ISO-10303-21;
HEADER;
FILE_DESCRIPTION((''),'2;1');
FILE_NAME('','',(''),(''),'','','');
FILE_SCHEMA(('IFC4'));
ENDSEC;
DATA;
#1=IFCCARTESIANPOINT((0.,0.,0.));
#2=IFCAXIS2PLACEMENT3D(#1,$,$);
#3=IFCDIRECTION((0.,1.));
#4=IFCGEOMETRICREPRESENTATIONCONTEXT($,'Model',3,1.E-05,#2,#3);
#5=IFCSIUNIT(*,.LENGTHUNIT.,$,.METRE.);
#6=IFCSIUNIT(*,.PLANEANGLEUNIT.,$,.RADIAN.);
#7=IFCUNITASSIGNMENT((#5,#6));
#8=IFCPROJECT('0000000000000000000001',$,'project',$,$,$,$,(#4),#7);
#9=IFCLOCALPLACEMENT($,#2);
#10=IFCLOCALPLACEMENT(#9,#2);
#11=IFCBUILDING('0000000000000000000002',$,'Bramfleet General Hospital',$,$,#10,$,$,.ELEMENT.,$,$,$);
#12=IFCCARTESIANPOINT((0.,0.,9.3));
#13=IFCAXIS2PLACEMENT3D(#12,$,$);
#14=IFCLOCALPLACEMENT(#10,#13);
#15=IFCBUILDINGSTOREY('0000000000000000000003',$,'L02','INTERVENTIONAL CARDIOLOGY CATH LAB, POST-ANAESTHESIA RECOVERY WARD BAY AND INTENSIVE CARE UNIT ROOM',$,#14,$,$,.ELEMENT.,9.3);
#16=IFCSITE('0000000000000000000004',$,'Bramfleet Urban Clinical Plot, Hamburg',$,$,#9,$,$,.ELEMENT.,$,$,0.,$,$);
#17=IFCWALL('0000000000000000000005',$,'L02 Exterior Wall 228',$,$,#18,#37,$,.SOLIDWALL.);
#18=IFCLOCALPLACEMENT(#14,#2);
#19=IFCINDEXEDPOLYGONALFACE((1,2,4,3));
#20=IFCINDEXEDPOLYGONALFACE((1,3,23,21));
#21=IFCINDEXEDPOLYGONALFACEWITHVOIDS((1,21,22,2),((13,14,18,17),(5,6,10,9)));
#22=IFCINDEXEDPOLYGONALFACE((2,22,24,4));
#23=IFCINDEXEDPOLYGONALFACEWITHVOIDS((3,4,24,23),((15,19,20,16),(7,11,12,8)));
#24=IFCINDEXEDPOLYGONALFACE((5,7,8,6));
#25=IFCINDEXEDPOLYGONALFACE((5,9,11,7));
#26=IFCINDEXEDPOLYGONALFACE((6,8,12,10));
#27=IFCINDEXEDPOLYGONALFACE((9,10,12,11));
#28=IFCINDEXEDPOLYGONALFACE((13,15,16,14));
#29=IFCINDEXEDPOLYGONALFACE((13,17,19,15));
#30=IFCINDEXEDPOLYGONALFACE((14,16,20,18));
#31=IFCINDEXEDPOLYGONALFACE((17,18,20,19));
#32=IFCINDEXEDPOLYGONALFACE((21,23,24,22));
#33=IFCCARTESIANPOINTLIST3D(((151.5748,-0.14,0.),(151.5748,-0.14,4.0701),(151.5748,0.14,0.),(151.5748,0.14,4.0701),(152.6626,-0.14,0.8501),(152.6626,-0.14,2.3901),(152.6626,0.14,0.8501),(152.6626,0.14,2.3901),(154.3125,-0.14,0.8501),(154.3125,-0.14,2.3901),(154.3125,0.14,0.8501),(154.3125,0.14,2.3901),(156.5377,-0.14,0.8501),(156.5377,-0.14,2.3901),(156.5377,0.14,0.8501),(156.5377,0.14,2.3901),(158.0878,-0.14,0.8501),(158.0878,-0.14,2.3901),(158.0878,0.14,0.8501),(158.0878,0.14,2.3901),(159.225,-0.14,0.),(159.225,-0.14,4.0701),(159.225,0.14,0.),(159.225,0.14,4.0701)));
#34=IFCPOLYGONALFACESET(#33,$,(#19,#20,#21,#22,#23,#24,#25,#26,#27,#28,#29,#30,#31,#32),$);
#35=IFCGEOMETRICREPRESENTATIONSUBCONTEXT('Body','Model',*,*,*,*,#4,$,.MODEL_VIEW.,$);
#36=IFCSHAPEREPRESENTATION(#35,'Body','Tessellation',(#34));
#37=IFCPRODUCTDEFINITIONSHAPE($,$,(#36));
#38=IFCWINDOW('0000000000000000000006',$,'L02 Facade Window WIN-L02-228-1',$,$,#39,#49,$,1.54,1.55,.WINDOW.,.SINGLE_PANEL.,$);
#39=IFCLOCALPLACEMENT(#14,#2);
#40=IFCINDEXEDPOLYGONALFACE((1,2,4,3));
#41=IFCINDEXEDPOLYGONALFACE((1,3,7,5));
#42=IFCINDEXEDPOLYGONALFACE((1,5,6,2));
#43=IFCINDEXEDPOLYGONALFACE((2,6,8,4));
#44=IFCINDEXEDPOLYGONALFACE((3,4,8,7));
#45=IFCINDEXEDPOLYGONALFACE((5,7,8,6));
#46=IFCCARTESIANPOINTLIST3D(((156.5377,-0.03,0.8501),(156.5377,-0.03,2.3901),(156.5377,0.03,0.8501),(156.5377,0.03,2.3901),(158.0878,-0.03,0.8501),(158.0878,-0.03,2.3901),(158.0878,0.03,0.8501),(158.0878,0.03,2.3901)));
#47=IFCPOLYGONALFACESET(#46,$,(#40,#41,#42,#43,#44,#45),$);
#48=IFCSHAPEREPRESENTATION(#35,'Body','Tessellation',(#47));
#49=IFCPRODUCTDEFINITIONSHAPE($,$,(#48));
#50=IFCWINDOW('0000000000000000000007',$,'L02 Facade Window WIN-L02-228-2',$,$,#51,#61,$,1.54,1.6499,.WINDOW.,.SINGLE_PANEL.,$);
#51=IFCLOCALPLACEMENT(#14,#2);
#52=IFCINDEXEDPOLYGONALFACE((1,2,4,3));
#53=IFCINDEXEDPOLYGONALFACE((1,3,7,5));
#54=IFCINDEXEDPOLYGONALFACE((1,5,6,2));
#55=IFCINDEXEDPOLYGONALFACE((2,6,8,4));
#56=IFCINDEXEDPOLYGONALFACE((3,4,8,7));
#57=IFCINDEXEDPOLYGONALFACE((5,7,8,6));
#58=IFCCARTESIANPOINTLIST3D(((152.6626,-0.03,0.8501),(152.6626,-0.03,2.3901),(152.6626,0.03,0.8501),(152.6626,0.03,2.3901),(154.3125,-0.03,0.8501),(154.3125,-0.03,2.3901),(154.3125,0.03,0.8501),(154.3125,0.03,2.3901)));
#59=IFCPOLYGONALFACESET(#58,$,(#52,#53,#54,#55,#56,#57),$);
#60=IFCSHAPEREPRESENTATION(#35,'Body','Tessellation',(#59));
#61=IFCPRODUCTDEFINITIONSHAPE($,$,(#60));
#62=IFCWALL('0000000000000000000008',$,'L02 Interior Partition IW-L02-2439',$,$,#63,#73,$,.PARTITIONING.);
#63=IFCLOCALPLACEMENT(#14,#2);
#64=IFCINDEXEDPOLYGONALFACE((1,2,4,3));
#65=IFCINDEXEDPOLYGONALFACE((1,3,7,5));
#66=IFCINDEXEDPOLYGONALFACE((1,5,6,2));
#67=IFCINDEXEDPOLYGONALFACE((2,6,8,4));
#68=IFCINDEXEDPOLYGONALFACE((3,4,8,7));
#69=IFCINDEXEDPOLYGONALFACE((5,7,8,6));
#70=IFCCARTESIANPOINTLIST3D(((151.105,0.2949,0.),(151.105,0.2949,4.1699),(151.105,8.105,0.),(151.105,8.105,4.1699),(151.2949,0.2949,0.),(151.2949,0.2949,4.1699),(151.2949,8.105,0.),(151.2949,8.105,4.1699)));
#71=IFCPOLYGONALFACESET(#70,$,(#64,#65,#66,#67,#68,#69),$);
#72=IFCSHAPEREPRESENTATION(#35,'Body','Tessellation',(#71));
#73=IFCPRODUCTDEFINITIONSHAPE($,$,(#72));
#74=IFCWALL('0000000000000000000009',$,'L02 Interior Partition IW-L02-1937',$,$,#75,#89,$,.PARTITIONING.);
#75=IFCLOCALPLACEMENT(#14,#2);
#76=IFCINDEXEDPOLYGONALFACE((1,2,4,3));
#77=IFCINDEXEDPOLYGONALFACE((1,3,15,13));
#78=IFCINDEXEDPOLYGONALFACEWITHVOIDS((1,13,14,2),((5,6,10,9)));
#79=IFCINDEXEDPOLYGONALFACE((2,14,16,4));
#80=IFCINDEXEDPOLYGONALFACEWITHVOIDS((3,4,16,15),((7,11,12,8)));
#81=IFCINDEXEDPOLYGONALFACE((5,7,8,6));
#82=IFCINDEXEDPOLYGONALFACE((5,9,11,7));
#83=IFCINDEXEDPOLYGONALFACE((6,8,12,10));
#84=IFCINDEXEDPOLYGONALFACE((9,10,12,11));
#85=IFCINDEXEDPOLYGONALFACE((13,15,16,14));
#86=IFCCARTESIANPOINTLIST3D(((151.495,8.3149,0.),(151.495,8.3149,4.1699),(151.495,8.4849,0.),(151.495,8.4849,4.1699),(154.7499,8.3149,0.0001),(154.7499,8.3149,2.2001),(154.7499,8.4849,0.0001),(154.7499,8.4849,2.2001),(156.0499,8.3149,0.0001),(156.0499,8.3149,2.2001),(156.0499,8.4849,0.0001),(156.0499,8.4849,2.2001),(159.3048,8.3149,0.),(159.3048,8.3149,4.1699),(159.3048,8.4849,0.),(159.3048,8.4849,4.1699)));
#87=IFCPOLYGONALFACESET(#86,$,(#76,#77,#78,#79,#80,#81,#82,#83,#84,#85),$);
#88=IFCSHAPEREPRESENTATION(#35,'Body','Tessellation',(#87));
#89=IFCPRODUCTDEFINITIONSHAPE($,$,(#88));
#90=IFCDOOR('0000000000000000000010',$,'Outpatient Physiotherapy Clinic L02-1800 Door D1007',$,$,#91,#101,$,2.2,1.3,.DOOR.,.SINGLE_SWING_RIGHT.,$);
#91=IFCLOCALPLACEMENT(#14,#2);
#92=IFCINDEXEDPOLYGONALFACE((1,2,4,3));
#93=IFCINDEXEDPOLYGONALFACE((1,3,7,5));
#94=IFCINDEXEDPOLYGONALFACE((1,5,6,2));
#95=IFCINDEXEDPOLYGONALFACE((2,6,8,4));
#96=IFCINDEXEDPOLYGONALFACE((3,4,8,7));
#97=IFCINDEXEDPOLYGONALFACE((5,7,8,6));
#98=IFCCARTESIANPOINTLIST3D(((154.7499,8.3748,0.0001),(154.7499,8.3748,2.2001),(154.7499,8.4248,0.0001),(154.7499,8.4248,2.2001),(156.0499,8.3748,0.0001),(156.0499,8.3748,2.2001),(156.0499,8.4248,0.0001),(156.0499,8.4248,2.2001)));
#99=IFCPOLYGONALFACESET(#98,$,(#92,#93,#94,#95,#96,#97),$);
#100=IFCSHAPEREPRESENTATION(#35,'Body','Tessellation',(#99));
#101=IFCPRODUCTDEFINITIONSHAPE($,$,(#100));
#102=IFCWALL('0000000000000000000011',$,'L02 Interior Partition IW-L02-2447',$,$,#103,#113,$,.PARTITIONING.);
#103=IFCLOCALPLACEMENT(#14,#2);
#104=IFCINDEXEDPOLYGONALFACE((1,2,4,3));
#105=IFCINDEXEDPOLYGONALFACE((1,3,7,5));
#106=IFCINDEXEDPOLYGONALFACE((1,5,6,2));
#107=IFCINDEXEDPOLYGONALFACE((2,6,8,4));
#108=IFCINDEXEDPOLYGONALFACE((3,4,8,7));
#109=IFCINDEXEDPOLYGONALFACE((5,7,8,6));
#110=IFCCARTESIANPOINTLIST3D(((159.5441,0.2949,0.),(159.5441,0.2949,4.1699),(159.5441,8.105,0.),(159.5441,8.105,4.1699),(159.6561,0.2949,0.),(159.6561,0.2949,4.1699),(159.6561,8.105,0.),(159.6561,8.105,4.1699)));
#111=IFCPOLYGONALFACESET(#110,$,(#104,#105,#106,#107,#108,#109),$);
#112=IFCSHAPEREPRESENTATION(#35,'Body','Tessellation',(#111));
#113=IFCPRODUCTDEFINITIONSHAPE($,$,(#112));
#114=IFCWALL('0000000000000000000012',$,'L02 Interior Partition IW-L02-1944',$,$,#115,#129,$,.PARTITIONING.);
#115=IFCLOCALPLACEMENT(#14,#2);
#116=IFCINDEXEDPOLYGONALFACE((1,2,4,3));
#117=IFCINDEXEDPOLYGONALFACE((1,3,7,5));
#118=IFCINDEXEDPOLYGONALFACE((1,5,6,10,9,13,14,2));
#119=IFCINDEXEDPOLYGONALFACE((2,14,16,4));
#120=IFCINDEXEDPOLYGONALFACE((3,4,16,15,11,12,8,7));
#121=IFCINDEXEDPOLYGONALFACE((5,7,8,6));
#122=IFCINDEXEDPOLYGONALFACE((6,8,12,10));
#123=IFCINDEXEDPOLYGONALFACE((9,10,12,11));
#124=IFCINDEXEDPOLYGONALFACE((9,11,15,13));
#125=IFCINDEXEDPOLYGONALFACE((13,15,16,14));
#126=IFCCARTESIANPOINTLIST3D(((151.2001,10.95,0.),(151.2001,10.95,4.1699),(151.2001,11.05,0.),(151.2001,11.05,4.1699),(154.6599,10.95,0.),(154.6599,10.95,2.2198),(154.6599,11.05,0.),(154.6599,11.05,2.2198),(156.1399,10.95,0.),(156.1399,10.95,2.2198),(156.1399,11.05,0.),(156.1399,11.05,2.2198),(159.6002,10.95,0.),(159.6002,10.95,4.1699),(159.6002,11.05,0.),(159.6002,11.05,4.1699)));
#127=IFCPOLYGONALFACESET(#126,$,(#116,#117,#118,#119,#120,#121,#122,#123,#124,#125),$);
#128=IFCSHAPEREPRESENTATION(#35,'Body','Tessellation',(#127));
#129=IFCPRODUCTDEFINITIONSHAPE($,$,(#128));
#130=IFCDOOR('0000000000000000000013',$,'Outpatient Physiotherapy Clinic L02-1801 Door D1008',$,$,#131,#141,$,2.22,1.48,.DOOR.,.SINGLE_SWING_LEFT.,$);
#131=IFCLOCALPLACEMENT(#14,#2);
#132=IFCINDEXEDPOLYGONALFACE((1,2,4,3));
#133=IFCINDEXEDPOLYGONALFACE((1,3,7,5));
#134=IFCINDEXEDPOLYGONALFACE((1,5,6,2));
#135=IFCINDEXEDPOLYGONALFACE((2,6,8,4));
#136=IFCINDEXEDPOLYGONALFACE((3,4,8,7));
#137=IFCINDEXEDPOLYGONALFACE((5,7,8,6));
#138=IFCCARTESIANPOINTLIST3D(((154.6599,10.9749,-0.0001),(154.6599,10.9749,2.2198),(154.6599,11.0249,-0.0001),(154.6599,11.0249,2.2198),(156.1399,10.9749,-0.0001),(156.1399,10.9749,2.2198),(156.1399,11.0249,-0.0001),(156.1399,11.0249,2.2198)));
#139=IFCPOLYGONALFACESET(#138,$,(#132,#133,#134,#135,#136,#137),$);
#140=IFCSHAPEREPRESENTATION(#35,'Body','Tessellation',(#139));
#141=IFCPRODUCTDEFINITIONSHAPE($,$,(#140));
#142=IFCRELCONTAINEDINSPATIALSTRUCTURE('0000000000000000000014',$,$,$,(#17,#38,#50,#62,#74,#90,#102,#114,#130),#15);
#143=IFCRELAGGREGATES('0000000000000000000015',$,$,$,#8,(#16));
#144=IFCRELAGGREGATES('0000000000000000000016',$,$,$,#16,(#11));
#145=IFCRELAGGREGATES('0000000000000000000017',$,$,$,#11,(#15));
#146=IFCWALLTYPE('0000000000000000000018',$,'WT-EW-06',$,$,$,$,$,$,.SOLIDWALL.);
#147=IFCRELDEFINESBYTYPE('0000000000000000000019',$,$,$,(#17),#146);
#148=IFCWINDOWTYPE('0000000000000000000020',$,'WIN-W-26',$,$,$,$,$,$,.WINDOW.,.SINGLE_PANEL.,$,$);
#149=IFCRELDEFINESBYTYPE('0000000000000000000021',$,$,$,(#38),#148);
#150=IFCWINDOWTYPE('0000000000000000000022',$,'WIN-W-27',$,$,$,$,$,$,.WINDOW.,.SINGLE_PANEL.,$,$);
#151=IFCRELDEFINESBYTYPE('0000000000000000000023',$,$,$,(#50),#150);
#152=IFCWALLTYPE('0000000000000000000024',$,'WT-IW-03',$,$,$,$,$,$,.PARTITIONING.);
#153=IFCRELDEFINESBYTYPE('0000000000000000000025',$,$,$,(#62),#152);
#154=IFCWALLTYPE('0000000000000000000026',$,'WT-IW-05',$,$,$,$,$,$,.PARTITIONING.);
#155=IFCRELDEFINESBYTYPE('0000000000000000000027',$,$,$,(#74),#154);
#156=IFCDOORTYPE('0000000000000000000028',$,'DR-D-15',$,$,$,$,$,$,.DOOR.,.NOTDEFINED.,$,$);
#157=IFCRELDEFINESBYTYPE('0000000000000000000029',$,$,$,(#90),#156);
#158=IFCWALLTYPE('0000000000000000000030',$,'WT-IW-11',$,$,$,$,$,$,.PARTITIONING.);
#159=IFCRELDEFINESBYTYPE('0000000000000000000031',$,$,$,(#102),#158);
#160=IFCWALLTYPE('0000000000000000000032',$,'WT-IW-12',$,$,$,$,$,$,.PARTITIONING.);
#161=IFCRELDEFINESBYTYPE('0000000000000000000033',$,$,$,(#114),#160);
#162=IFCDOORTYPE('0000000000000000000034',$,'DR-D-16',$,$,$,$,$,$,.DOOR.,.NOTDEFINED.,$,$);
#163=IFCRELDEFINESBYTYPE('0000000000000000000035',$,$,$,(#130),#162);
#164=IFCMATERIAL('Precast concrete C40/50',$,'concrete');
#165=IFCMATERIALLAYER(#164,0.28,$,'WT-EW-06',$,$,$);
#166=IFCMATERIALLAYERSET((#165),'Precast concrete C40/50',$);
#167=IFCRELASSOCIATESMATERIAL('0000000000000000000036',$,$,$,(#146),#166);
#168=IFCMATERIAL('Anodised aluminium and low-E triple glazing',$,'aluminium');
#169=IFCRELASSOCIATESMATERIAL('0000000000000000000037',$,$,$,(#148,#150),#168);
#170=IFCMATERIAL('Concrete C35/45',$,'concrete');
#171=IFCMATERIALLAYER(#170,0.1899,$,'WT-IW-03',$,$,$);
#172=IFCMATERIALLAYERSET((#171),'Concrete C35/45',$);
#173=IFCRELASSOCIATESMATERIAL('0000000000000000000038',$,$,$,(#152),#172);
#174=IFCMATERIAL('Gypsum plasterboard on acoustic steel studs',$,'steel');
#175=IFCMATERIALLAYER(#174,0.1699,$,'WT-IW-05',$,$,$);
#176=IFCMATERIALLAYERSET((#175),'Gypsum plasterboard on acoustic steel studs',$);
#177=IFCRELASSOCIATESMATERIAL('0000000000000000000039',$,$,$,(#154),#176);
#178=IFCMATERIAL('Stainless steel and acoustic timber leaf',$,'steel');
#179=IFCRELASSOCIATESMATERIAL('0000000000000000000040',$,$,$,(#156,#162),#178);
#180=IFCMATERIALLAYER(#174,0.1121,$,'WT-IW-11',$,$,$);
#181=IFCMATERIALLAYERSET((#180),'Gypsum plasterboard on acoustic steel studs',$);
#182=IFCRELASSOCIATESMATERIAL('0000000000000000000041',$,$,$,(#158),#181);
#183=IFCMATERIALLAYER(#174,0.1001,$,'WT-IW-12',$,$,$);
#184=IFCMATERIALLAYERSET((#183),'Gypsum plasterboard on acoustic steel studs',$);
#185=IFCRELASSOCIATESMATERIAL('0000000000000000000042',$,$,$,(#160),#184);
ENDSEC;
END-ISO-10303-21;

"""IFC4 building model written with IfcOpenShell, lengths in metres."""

from ifc_helpers import new_model, si_unit, direction, frame, frame_2d, origin, place, context, subcontext, project, spatial, rectangle, extrude, material, layer, layer_set, type_object, element, fill, save


model = new_model("IFC4")

# Units and contexts
model_context = context("Model", 3, precision=1e-05, world=origin(), true_north=direction((0.0, 1.0)))
body_context = subcontext(model_context, "Body", "Model", "MODEL_VIEW")
ifc_project = project(units=[si_unit("LENGTHUNIT", "METRE"), si_unit("PLANEANGLEUNIT", "RADIAN")], contexts=[model_context])

# Site, building, storey
site_placement = place(None, origin())
site = spatial("IfcSite", under=ifc_project, at=site_placement, Name="Bramfleet Urban Clinical Plot, Hamburg", CompositionType="ELEMENT", RefElevation=0.0)
building_placement = place(site_placement, origin())
building = spatial("IfcBuilding", under=site, at=building_placement, Name="Bramfleet General Hospital", CompositionType="ELEMENT")
storey_placement = place(building_placement, frame((0.0, 0.0, 9.3)))
storey = spatial("IfcBuildingStorey", under=building, at=storey_placement, Name="L02", Description="INTERVENTIONAL CARDIOLOGY CATH LAB, POST-ANAESTHESIA RECOVERY WARD BAY AND INTENSIVE CARE UNIT ROOM", CompositionType="ELEMENT", Elevation=9.3)

# Shared definitions
ifc_material_1 = material(Name="Concrete C35/45", Category="concrete")

# Shared definitions
ifc_material_2 = material(Name="Anodised aluminium and low-E triple glazing", Category="aluminium")

# Wall, openings, windows
ifc_material_3 = material(Name="Precast concrete C40/50", Category="concrete")
ifc_layer_1 = layer(ifc_material_3, 0.28, Name="WT-EW-06")
ifc_layer_set_1 = layer_set([ifc_layer_1], Name="Precast concrete C40/50")
wall_type_1 = type_object("IfcWallType", Name="WT-EW-06", PredefinedType="SOLIDWALL", material=ifc_layer_set_1)
wall_1_placement = place(storey_placement, frame((159.2251, 0.0, 0.0), z_axis=(0.0, 0.0, 1.0), x_axis=(-1.0, 0.0, 0.0)))
wall_1 = element("IfcWall", 1, at=wall_1_placement, inside=storey, type_object=wall_type_1, Name="L02 Exterior Wall 228", PredefinedType="SOLIDWALL", context=body_context, shape_type="SweptSolid", body=[
    extrude(rectangle(XDim=7.6501, YDim=0.28, at=frame_2d((3.8252, 0.0))), origin(), (0.0, 0.0, 1.0), 4.0701),
])
opening_1_placement = place(wall_1_placement, frame((1.1375, 0.0, 0.8501)))
opening_1 = element("IfcOpeningElement", 2, at=opening_1_placement, cuts=wall_1, PredefinedType="OPENING", context=body_context, shape_type="SweptSolid", body=[
    extrude(rectangle(XDim=1.55, YDim=1.54, at=frame_2d((0.7749, 0.77))), frame((0.0, 0.1499, 0.0), z_axis=(0.0, -1.0, 0.0), x_axis=(1.0, 0.0, 0.0)), (0.0, 0.0, 1.0), 0.3),
])
opening_2_placement = place(wall_1_placement, frame((4.9126, 0.0, 0.8501)))
opening_2 = element("IfcOpeningElement", 3, at=opening_2_placement, cuts=wall_1, PredefinedType="OPENING", context=body_context, shape_type="SweptSolid", body=[
    extrude(rectangle(XDim=1.6499, YDim=1.54, at=frame_2d((0.825, 0.77))), frame((0.0, 0.1499, 0.0), z_axis=(0.0, -1.0, 0.0), x_axis=(1.0, 0.0, 0.0)), (0.0, 0.0, 1.0), 0.3),
])
window_type_1 = type_object("IfcWindowType", Name="WIN-W-26", PartitioningType="SINGLE_PANEL", PredefinedType="WINDOW", material=ifc_material_2)
window_1_placement = place(opening_1_placement, origin())
window_1 = element("IfcWindow", 4, at=window_1_placement, inside=storey, type_object=window_type_1, Name="L02 Facade Window WIN-L02-228-1", OverallHeight=1.54, OverallWidth=1.55, PartitioningType="SINGLE_PANEL", PredefinedType="WINDOW", context=body_context, shape_type="SweptSolid", body=[
    extrude(rectangle(XDim=1.55, YDim=1.54, at=frame_2d((0.7749, 0.77))), frame((0.0, 0.03, 0.0), z_axis=(0.0, -1.0, 0.0), x_axis=(1.0, 0.0, 0.0)), (0.0, 0.0, 1.0), 0.0601),
])
fill(opening_1, window_1)
window_type_2 = type_object("IfcWindowType", Name="WIN-W-27", PartitioningType="SINGLE_PANEL", PredefinedType="WINDOW", material=ifc_material_2)
window_2_placement = place(opening_2_placement, origin())
window_2 = element("IfcWindow", 5, at=window_2_placement, inside=storey, type_object=window_type_2, Name="L02 Facade Window WIN-L02-228-2", OverallHeight=1.54, OverallWidth=1.6499, PartitioningType="SINGLE_PANEL", PredefinedType="WINDOW", context=body_context, shape_type="SweptSolid", body=[
    extrude(rectangle(XDim=1.6499, YDim=1.54, at=frame_2d((0.825, 0.77))), frame((0.0, 0.03, 0.0), z_axis=(0.0, -1.0, 0.0), x_axis=(1.0, 0.0, 0.0)), (0.0, 0.0, 1.0), 0.0601),
])
fill(opening_2, window_2)

# Wall
ifc_layer_2 = layer(ifc_material_1, 0.1899, Name="WT-IW-03")
ifc_layer_set_2 = layer_set([ifc_layer_2], Name="Concrete C35/45")
wall_type_2 = type_object("IfcWallType", Name="WT-IW-03", PredefinedType="PARTITIONING", material=ifc_layer_set_2)
wall_2_placement = place(storey_placement, frame((151.2, 0.2949, 0.0), z_axis=(0.0, 0.0, 1.0), x_axis=(0.0, 1.0, 0.0)))
element("IfcWall", 6, at=wall_2_placement, inside=storey, type_object=wall_type_2, Name="L02 Interior Partition IW-L02-2439", PredefinedType="PARTITIONING", context=body_context, shape_type="SweptSolid", body=[
    extrude(rectangle(XDim=7.8101, YDim=0.1899, at=frame_2d((3.905, 0.0))), origin(), (0.0, 0.0, 1.0), 4.1699),
])

# Wall, opening, door
ifc_material_4 = material(Name="Gypsum plasterboard on acoustic steel studs", Category="steel")
ifc_layer_3 = layer(ifc_material_4, 0.1699, Name="WT-IW-05")
ifc_layer_set_3 = layer_set([ifc_layer_3], Name="Gypsum plasterboard on acoustic steel studs")
wall_type_3 = type_object("IfcWallType", Name="WT-IW-05", PredefinedType="PARTITIONING", material=ifc_layer_set_3)
wall_3_placement = place(storey_placement, frame((151.4951, 8.3999, 0.0), z_axis=(0.0, 0.0, 1.0), x_axis=(1.0, 0.0, 0.0)))
wall_3 = element("IfcWall", 7, at=wall_3_placement, inside=storey, type_object=wall_type_3, Name="L02 Interior Partition IW-L02-1937", PredefinedType="PARTITIONING", context=body_context, shape_type="SweptSolid", body=[
    extrude(rectangle(XDim=7.8098, YDim=0.1699, at=frame_2d((3.9048, 0.0))), origin(), (0.0, 0.0, 1.0), 4.1699),
])
opening_3_placement = place(wall_3_placement, frame((3.2549, 0.0, 0.0)))
opening_3 = element("IfcOpeningElement", 8, at=opening_3_placement, cuts=wall_3, PredefinedType="OPENING", context=body_context, shape_type="SweptSolid", body=[
    extrude(rectangle(XDim=1.3, YDim=2.2, at=frame_2d((0.6499, 1.1001))), frame((0.0, 0.095, 0.0), z_axis=(0.0, -1.0, 0.0), x_axis=(1.0, 0.0, 0.0)), (0.0, 0.0, 1.0), 0.1899),
])
ifc_material_5 = material(Name="Stainless steel and acoustic timber leaf", Category="steel")
door_type_1 = type_object("IfcDoorType", Name="DR-D-15", OperationType="NOTDEFINED", PredefinedType="DOOR", material=ifc_material_5)
door_1_placement = place(opening_3_placement, origin())
door_1 = element("IfcDoor", 9, at=door_1_placement, inside=storey, type_object=door_type_1, Name="Outpatient Physiotherapy Clinic L02-1800 Door D1007", OperationType="SINGLE_SWING_RIGHT", OverallHeight=2.2, OverallWidth=1.3, PredefinedType="DOOR", context=body_context, shape_type="SweptSolid", body=[
    extrude(rectangle(XDim=1.3, YDim=2.2, at=frame_2d((0.6499, 1.1001))), frame((0.0, 0.0249, 0.0), z_axis=(0.0, -1.0, 0.0), x_axis=(1.0, 0.0, 0.0)), (0.0, 0.0, 1.0), 0.05),
])
fill(opening_3, door_1)

# Wall
ifc_layer_4 = layer(ifc_material_4, 0.1121, Name="WT-IW-11")
ifc_layer_set_4 = layer_set([ifc_layer_4], Name="Gypsum plasterboard on acoustic steel studs")
wall_type_4 = type_object("IfcWallType", Name="WT-IW-11", PredefinedType="PARTITIONING", material=ifc_layer_set_4)
wall_4_placement = place(storey_placement, frame((159.6001, 0.2949, 0.0), z_axis=(0.0, 0.0, 1.0), x_axis=(0.0, 1.0, 0.0)))
element("IfcWall", 10, at=wall_4_placement, inside=storey, type_object=wall_type_4, Name="L02 Interior Partition IW-L02-2447", PredefinedType="PARTITIONING", context=body_context, shape_type="SweptSolid", body=[
    extrude(rectangle(XDim=7.8101, YDim=0.1121, at=frame_2d((3.905, 0.0))), origin(), (0.0, 0.0, 1.0), 4.1699),
])

# Wall, opening, door
ifc_layer_5 = layer(ifc_material_4, 0.1001, Name="WT-IW-12")
ifc_layer_set_5 = layer_set([ifc_layer_5], Name="Gypsum plasterboard on acoustic steel studs")
wall_type_5 = type_object("IfcWallType", Name="WT-IW-12", PredefinedType="PARTITIONING", material=ifc_layer_set_5)
wall_5_placement = place(storey_placement, frame((151.2, 11.0, 0.0), z_axis=(0.0, 0.0, 1.0), x_axis=(1.0, 0.0, 0.0)))
wall_5 = element("IfcWall", 11, at=wall_5_placement, inside=storey, type_object=wall_type_5, Name="L02 Interior Partition IW-L02-1944", PredefinedType="PARTITIONING", context=body_context, shape_type="SweptSolid", body=[
    extrude(rectangle(XDim=8.4001, YDim=0.1001, at=frame_2d((4.2002, 0.0))), origin(), (0.0, 0.0, 1.0), 4.1699),
])
opening_4_placement = place(wall_5_placement, frame((3.46, 0.0, 0.0)))
opening_4 = element("IfcOpeningElement", 12, at=opening_4_placement, cuts=wall_5, PredefinedType="OPENING", context=body_context, shape_type="SweptSolid", body=[
    extrude(rectangle(XDim=1.48, YDim=2.22, at=frame_2d((0.74, 1.1099))), frame((0.0, 0.0601, 0.0), z_axis=(0.0, -1.0, 0.0), x_axis=(1.0, 0.0, 0.0)), (0.0, 0.0, 1.0), 0.1201),
])
door_type_2 = type_object("IfcDoorType", Name="DR-D-16", OperationType="NOTDEFINED", PredefinedType="DOOR", material=ifc_material_5)
door_2_placement = place(opening_4_placement, origin())
door_2 = element("IfcDoor", 13, at=door_2_placement, inside=storey, type_object=door_type_2, Name="Outpatient Physiotherapy Clinic L02-1801 Door D1008", OperationType="SINGLE_SWING_LEFT", OverallHeight=2.22, OverallWidth=1.48, PredefinedType="DOOR", context=body_context, shape_type="SweptSolid", body=[
    extrude(rectangle(XDim=1.48, YDim=2.22, at=frame_2d((0.74, 1.1099))), frame((0.0, 0.0249, 0.0), z_axis=(0.0, -1.0, 0.0), x_axis=(1.0, 0.0, 0.0)), (0.0, 0.0, 1.0), 0.05),
])
fill(opening_4, door_2)

save(model, "model.ifc")
